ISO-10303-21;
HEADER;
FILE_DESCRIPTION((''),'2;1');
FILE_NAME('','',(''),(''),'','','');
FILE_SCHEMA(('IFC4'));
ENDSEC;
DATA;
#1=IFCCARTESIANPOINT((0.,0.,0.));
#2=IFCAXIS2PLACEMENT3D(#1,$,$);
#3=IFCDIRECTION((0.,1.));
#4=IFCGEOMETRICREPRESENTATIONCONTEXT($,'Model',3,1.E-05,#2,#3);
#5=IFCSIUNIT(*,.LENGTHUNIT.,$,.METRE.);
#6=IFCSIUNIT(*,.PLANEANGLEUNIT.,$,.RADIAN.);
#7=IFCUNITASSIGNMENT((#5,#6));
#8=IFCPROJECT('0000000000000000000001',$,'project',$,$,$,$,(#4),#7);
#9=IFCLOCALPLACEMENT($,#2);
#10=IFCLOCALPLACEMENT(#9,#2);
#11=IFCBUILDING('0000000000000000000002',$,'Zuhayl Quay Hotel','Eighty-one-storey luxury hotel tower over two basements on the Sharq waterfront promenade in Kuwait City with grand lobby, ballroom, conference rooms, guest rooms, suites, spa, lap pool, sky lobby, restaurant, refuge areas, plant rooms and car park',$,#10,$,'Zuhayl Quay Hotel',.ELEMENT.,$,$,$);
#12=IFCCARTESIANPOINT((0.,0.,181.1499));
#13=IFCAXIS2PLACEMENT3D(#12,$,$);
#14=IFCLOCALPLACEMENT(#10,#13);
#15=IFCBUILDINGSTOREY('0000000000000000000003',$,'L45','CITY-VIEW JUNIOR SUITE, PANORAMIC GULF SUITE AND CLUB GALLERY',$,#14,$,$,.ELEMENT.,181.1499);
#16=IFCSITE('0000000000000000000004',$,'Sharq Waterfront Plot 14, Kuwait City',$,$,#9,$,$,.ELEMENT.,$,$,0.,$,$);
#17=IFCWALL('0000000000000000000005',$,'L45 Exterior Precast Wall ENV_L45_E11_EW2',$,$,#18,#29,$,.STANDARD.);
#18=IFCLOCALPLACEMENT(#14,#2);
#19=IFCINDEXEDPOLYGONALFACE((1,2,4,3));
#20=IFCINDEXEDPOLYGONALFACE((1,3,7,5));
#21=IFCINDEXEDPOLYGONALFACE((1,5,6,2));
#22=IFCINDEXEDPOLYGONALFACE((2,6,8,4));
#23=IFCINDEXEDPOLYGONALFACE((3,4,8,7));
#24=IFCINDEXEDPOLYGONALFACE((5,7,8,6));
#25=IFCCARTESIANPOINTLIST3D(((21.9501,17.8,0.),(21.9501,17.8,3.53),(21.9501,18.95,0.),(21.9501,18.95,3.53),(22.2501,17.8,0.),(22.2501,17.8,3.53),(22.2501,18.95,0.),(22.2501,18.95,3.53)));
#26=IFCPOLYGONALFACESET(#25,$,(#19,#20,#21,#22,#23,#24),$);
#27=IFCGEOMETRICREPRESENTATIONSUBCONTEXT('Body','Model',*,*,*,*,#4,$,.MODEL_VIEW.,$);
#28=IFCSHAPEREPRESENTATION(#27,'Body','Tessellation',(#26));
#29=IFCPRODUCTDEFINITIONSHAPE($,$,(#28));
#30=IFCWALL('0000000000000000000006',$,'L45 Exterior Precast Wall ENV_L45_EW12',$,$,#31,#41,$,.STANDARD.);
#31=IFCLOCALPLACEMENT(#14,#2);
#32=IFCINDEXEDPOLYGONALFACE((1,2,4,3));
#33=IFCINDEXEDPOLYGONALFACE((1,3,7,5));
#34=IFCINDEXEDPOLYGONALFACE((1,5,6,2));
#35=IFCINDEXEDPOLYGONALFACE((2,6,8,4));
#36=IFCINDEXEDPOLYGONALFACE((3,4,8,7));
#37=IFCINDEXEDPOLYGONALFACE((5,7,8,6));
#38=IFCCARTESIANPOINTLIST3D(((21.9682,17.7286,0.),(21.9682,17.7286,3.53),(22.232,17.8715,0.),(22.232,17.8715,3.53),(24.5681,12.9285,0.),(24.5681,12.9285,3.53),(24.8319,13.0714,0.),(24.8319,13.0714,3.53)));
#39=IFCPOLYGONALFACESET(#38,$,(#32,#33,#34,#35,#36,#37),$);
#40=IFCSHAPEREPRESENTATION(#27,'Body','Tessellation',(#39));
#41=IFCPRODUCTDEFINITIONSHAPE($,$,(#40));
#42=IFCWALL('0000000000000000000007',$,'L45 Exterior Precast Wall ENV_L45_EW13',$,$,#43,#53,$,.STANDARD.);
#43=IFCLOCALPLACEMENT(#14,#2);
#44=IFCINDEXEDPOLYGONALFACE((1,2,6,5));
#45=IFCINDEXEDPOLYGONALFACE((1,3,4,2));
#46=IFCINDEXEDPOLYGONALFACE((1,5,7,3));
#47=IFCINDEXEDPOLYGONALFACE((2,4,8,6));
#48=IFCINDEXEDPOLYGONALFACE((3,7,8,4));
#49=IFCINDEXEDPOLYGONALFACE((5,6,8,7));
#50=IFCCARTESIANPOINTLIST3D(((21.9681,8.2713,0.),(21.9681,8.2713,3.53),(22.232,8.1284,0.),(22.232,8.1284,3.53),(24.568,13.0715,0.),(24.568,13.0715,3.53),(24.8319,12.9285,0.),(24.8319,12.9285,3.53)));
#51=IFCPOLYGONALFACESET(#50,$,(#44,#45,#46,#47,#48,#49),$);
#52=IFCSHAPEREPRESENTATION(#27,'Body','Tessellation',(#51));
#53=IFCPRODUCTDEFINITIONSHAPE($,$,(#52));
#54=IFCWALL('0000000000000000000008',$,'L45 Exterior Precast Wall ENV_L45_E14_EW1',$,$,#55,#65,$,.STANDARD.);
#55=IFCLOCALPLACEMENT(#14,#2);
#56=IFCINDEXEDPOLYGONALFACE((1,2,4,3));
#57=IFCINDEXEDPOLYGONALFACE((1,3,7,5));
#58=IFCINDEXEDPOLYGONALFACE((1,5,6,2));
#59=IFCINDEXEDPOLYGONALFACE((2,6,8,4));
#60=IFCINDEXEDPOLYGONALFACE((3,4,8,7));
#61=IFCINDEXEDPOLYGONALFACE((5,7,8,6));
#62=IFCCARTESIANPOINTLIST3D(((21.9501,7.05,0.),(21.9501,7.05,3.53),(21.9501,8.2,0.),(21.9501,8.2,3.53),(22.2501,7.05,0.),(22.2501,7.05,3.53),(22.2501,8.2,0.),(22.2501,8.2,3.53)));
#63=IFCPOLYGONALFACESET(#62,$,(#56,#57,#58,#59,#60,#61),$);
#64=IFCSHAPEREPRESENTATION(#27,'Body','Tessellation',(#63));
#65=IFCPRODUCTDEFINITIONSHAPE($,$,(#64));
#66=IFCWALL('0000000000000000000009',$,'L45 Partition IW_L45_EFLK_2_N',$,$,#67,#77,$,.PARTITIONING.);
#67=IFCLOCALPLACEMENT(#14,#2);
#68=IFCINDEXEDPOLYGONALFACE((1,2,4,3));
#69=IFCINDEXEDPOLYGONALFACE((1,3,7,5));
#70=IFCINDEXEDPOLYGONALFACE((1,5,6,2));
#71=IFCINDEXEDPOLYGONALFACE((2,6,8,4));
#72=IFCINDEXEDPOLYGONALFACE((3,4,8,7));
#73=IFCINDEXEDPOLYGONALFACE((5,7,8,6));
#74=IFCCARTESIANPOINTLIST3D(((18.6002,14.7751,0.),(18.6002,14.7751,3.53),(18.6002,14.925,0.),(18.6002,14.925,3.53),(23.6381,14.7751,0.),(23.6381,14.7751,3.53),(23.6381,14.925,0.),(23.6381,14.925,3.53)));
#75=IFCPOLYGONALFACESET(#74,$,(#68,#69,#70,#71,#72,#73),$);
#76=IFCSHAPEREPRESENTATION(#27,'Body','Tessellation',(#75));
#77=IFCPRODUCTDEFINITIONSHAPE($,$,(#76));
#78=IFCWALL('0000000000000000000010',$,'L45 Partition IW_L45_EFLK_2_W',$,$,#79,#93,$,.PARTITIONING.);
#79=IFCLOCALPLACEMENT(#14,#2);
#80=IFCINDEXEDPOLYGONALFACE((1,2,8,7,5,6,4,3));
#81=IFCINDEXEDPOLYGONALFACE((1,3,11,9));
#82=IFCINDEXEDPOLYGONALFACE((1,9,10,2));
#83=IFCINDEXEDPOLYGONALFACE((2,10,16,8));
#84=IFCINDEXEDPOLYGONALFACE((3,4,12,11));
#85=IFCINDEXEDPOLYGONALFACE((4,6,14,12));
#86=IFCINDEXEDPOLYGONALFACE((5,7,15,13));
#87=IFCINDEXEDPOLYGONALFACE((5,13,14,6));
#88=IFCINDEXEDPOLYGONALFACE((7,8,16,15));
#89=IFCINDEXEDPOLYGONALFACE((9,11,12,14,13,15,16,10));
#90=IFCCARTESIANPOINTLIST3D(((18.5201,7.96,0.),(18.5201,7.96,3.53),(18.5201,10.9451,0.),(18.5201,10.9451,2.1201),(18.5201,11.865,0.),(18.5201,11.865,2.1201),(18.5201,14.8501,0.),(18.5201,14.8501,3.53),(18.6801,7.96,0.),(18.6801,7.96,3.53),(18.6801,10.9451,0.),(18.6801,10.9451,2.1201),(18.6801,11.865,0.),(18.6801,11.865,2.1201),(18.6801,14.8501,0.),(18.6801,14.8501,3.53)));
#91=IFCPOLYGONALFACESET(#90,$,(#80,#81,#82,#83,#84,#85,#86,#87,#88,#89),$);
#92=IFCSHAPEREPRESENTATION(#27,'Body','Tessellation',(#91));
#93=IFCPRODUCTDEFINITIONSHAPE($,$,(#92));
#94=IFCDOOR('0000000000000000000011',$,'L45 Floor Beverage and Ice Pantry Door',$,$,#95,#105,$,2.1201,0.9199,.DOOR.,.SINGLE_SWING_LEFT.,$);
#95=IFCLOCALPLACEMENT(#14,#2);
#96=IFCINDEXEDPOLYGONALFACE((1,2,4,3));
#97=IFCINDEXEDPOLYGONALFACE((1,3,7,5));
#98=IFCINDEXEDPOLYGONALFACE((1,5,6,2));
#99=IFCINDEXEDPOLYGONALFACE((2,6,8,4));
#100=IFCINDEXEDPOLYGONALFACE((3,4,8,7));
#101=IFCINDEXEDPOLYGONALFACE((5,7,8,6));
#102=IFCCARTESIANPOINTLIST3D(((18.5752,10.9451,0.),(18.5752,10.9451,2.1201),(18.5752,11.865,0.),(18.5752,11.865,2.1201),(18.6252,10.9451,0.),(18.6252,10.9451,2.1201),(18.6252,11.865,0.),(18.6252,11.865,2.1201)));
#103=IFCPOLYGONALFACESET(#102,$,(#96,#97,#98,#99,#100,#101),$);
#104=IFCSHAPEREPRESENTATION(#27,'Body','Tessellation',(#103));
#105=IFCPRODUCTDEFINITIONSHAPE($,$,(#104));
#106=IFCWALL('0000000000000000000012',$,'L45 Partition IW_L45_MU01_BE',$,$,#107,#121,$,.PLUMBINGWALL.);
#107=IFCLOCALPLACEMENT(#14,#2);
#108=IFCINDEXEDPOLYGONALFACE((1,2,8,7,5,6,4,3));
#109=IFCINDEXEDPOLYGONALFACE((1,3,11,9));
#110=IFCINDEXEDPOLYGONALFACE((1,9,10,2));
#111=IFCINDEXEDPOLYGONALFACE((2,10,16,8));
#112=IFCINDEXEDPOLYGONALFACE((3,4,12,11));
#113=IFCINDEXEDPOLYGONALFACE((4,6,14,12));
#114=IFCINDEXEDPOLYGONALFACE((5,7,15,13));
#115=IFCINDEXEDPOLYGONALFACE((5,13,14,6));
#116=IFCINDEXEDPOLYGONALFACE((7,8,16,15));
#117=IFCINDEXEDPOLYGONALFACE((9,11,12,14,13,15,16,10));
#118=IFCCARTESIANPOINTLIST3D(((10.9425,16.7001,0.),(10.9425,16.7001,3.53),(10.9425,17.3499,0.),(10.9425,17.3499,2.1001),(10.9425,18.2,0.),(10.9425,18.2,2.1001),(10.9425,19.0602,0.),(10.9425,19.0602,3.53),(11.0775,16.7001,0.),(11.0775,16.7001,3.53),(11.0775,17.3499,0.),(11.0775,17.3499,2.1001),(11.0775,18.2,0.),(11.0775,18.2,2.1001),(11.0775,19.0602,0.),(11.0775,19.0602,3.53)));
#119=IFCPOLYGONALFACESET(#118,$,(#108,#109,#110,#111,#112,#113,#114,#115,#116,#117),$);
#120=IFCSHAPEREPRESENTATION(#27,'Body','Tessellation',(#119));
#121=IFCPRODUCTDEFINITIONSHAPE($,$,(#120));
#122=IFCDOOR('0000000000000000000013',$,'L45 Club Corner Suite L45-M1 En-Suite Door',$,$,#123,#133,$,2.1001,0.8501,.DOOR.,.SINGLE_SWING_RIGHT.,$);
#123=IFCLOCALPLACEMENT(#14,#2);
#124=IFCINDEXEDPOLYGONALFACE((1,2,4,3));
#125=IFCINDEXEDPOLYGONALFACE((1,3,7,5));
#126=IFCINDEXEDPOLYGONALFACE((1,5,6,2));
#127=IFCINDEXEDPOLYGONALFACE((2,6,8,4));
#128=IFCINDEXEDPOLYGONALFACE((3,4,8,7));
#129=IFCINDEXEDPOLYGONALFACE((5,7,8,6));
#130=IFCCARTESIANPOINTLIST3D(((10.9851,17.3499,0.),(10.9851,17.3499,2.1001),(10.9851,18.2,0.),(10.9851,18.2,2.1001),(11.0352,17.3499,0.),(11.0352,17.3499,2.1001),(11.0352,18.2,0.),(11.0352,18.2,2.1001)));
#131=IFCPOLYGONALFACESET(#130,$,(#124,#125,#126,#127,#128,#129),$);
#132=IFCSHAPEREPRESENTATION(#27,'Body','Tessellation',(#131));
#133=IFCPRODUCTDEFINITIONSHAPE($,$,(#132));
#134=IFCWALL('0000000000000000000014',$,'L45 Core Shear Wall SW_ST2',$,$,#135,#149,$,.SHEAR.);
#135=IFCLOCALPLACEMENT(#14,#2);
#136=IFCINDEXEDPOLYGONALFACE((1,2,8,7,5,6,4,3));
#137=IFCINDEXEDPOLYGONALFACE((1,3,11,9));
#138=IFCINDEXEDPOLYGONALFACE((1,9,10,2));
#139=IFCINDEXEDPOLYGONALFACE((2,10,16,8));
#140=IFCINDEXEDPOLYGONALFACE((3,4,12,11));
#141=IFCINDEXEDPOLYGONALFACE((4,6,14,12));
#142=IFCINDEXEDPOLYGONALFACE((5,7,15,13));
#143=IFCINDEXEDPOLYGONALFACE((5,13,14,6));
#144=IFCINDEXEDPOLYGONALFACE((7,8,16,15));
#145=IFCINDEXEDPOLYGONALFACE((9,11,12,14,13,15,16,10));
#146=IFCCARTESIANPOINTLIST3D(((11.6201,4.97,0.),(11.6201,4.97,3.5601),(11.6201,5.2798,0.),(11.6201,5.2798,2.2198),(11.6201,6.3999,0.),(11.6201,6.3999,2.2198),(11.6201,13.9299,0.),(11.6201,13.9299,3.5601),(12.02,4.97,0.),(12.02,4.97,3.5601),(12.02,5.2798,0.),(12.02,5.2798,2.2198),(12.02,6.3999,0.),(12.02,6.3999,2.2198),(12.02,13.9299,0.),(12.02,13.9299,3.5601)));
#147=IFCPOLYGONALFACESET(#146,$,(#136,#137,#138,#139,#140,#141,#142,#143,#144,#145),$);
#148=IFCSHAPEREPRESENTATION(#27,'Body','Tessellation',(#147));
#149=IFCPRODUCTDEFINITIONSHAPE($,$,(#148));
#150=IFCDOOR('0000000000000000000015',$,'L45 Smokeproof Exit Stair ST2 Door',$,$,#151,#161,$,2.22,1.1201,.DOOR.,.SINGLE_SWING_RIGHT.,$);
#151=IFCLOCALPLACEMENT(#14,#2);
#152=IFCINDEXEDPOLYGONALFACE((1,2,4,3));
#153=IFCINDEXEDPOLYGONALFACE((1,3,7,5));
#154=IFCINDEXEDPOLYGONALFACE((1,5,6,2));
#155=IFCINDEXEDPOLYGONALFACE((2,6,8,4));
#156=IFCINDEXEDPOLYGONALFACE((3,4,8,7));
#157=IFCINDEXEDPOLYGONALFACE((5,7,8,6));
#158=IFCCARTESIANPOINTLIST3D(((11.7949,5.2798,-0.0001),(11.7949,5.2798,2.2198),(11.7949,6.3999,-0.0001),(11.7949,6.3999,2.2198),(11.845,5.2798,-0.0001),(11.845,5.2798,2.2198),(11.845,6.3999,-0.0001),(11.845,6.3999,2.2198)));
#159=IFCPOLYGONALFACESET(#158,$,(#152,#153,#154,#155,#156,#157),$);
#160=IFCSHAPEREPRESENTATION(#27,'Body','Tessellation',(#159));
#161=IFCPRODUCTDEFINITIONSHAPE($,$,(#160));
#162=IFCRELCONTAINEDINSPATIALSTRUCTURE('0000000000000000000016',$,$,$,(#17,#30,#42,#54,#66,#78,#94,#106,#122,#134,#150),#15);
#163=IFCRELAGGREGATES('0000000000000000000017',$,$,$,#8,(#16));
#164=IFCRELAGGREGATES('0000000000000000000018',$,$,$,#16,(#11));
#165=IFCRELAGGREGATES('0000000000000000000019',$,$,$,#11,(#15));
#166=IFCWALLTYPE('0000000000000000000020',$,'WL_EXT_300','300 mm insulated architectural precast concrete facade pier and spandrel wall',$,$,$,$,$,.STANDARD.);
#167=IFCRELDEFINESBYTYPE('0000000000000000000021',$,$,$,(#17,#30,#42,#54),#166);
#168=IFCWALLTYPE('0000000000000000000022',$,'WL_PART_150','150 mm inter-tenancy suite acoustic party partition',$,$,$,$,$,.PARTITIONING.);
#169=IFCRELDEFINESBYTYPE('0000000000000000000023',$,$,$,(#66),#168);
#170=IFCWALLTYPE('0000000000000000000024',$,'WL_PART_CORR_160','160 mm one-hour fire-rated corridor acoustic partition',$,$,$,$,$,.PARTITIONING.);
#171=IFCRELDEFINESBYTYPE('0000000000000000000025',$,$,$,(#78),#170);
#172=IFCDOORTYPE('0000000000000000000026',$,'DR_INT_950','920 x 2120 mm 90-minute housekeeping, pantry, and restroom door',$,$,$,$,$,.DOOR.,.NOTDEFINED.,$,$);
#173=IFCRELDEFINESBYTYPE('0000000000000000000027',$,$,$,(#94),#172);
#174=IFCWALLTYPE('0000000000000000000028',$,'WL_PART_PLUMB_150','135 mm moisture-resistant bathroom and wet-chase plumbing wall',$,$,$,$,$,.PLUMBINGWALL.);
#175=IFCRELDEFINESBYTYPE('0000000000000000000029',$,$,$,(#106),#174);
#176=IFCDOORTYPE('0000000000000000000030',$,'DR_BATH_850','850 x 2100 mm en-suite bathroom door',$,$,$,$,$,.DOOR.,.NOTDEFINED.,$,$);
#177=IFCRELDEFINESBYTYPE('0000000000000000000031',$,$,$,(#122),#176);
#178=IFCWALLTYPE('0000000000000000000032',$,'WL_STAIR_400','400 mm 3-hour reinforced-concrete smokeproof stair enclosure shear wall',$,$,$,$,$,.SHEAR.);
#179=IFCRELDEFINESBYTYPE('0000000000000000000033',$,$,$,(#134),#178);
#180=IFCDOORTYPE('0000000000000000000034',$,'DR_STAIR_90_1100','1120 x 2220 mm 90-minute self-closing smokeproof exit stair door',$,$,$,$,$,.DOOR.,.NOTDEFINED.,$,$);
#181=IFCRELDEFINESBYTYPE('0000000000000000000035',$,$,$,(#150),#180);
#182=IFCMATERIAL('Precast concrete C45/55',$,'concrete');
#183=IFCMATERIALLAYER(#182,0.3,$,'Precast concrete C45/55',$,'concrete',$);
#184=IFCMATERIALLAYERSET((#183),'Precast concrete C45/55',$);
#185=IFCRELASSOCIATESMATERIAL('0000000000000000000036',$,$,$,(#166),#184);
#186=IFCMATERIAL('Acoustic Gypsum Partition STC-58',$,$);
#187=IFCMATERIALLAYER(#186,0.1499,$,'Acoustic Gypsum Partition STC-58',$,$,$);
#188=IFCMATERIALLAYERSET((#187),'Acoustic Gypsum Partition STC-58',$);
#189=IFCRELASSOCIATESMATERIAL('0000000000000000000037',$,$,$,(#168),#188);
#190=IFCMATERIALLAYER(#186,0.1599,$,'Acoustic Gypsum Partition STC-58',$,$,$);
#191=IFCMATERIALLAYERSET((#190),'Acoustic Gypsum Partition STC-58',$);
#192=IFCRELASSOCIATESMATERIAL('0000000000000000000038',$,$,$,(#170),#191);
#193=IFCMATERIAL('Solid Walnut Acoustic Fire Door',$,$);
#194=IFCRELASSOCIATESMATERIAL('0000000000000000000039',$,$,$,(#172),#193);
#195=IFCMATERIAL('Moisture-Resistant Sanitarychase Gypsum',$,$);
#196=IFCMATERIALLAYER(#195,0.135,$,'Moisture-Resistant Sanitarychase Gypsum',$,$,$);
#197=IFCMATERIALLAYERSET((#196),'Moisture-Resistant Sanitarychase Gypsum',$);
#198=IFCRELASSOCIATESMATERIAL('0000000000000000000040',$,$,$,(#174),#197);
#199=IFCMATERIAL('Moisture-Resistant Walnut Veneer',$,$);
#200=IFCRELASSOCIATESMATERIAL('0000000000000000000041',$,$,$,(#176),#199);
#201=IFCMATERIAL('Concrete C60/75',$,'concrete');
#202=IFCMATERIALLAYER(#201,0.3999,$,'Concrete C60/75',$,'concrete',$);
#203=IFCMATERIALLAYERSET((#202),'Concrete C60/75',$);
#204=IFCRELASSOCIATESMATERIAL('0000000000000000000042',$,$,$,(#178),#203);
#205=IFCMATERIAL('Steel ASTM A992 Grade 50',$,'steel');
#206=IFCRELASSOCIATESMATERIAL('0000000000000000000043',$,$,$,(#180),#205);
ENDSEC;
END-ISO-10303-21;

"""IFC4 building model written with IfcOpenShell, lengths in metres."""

from ifc_helpers import new_model, si_unit, direction, frame, frame_2d, origin, place, context, subcontext, project, spatial, rectangle, extrude, material, layer, layer_set, type_object, element, fill, save


model = new_model("IFC4")

# Units and contexts
model_context = context("Model", 3, precision=1e-05, world=origin(), true_north=direction((0.0, 1.0)))
body_context = subcontext(model_context, "Body", "Model", "MODEL_VIEW")
ifc_project = project(units=[si_unit("LENGTHUNIT", "METRE"), si_unit("PLANEANGLEUNIT", "RADIAN")], contexts=[model_context])

# Site, building, storey
site_placement = place(None, origin())
site = spatial("IfcSite", under=ifc_project, at=site_placement, Name="Sharq Waterfront Plot 14, Kuwait City", CompositionType="ELEMENT", RefElevation=0.0)
building_placement = place(site_placement, origin())
building = spatial("IfcBuilding", under=site, at=building_placement, Name="Zuhayl Quay Hotel", Description="Eighty-one-storey luxury hotel tower over two basements on the Sharq waterfront promenade in Kuwait City with grand lobby, ballroom, conference rooms, guest rooms, suites, spa, lap pool, sky lobby, restaurant, refuge areas, plant rooms and car park", LongName="Zuhayl Quay Hotel", CompositionType="ELEMENT")
storey_placement = place(building_placement, frame((0.0, 0.0, 181.1499)))
storey = spatial("IfcBuildingStorey", under=building, at=storey_placement, Name="L45", Description="CITY-VIEW JUNIOR SUITE, PANORAMIC GULF SUITE AND CLUB GALLERY", CompositionType="ELEMENT", Elevation=181.1499)

# Shared definitions
ifc_material_1 = material(Name="Concrete C60/75", Category="concrete")

# Shared definitions
ifc_material_2 = material(Name="Steel ASTM A992 Grade 50", Category="steel")

# Walls
ifc_material_3 = material(Name="Precast concrete C45/55", Category="concrete")
ifc_layer_1 = layer(ifc_material_3, 0.3, Name="Precast concrete C45/55", Category="concrete")
ifc_layer_set_1 = layer_set([ifc_layer_1], Name="Precast concrete C45/55")
wall_type_1 = type_object("IfcWallType", Name="WL_EXT_300", Description="300 mm insulated architectural precast concrete facade pier and spandrel wall", PredefinedType="STANDARD", material=ifc_layer_set_1)
wall_1_placement = place(storey_placement, frame((22.1001, 18.95, 0.0), z_axis=(0.0, 0.0, 1.0), x_axis=(0.0, -1.0, 0.0)))
element("IfcWall", 1, at=wall_1_placement, inside=storey, type_object=wall_type_1, Name="L45 Exterior Precast Wall ENV_L45_E11_EW2", PredefinedType="STANDARD", context=body_context, shape_type="SweptSolid", body=[
    extrude(rectangle(XDim=1.1499, YDim=0.3, at=frame_2d((0.575, 0.0))), origin(), (0.0, 0.0, 1.0), 3.53),
])
for number, where, z_axis, x_axis, name in (
    (2, (22.1001, 17.8, 0.0), (0.0, 0.0, 1.0), (0.476259, -0.879305, 0.0), "L45 Exterior Precast Wall ENV_L45_EW12"),
    (3, (24.7, 13.0, 0.0), (0.0, 0.0, 1.0), (-0.476259, -0.879305, 0.0), "L45 Exterior Precast Wall ENV_L45_EW13"),
):
    element("IfcWall", number, at=place(storey_placement, frame(where, z_axis=z_axis, x_axis=x_axis)), inside=storey, type_object=wall_type_1, Name=name, PredefinedType="STANDARD", context=body_context, shape_type="SweptSolid", body=[
        extrude(rectangle(XDim=5.459, YDim=0.3, at=frame_2d((2.7295, 0.0))), origin(), (0.0, 0.0, 1.0), 3.53),
    ])
wall_2_placement = place(storey_placement, frame((22.1001, 8.2, 0.0), z_axis=(0.0, 0.0, 1.0), x_axis=(0.0, -1.0, 0.0)))
element("IfcWall", 4, at=wall_2_placement, inside=storey, type_object=wall_type_1, Name="L45 Exterior Precast Wall ENV_L45_E14_EW1", PredefinedType="STANDARD", context=body_context, shape_type="SweptSolid", body=[
    extrude(rectangle(XDim=1.1499, YDim=0.3, at=frame_2d((0.575, 0.0))), origin(), (0.0, 0.0, 1.0), 3.53),
])
ifc_material_4 = material(Name="Acoustic Gypsum Partition STC-58")
ifc_layer_2 = layer(ifc_material_4, 0.1499, Name="Acoustic Gypsum Partition STC-58")
ifc_layer_set_2 = layer_set([ifc_layer_2], Name="Acoustic Gypsum Partition STC-58")
wall_type_2 = type_object("IfcWallType", Name="WL_PART_150", Description="150 mm inter-tenancy suite acoustic party partition", PredefinedType="PARTITIONING", material=ifc_layer_set_2)
wall_3_placement = place(storey_placement, frame((18.6001, 14.8501, 0.0), z_axis=(0.0, 0.0, 1.0), x_axis=(1.0, 0.0, 0.0)))
element("IfcWall", 5, at=wall_3_placement, inside=storey, type_object=wall_type_2, Name="L45 Partition IW_L45_EFLK_2_N", PredefinedType="PARTITIONING", context=body_context, shape_type="SweptSolid", body=[
    extrude(rectangle(XDim=5.0378, YDim=0.1499, at=frame_2d((2.519, 0.0))), origin(), (0.0, 0.0, 1.0), 3.53),
])

# Walls, openings, doors
ifc_layer_3 = layer(ifc_material_4, 0.1599, Name="Acoustic Gypsum Partition STC-58")
ifc_layer_set_3 = layer_set([ifc_layer_3], Name="Acoustic Gypsum Partition STC-58")
wall_type_3 = type_object("IfcWallType", Name="WL_PART_CORR_160", Description="160 mm one-hour fire-rated corridor acoustic partition", PredefinedType="PARTITIONING", material=ifc_layer_set_3)
wall_4_placement = place(storey_placement, frame((18.6001, 7.96, 0.0), z_axis=(0.0, 0.0, 1.0), x_axis=(0.0, 1.0, 0.0)))
wall_4 = element("IfcWall", 6, at=wall_4_placement, inside=storey, type_object=wall_type_3, Name="L45 Partition IW_L45_EFLK_2_W", PredefinedType="PARTITIONING", context=body_context, shape_type="SweptSolid", body=[
    extrude(rectangle(XDim=6.8901, YDim=0.1599, at=frame_2d((3.4451, 0.0))), origin(), (0.0, 0.0, 1.0), 3.53),
])
opening_1_placement = place(wall_4_placement, frame((2.9851, 0.0, 0.0)))
opening_1 = element("IfcOpeningElement", 7, at=opening_1_placement, cuts=wall_4, PredefinedType="OPENING", context=body_context, shape_type="SweptSolid", body=[
    extrude(rectangle(XDim=0.9199, YDim=2.1201, at=frame_2d((0.46, 1.0601))), frame((0.0, 0.0898, 0.0), z_axis=(0.0, -1.0, 0.0), x_axis=(1.0, 0.0, 0.0)), (0.0, 0.0, 1.0), 0.1799),
])
ifc_material_5 = material(Name="Solid Walnut Acoustic Fire Door")
door_type_1 = type_object("IfcDoorType", Name="DR_INT_950", Description="920 x 2120 mm 90-minute housekeeping, pantry, and restroom door", OperationType="NOTDEFINED", PredefinedType="DOOR", material=ifc_material_5)
door_1_placement = place(opening_1_placement, origin())
door_1 = element("IfcDoor", 8, at=door_1_placement, inside=storey, type_object=door_type_1, Name="L45 Floor Beverage and Ice Pantry Door", OperationType="SINGLE_SWING_LEFT", OverallHeight=2.1201, OverallWidth=0.9199, PredefinedType="DOOR", context=body_context, shape_type="SweptSolid", body=[
    extrude(rectangle(XDim=0.9199, YDim=2.1201, at=frame_2d((0.46, 1.0601))), frame((0.0, 0.0249, 0.0), z_axis=(0.0, -1.0, 0.0), x_axis=(1.0, 0.0, 0.0)), (0.0, 0.0, 1.0), 0.05),
])
fill(opening_1, door_1)
ifc_material_6 = material(Name="Moisture-Resistant Sanitarychase Gypsum")
ifc_layer_4 = layer(ifc_material_6, 0.135, Name="Moisture-Resistant Sanitarychase Gypsum")
ifc_layer_set_4 = layer_set([ifc_layer_4], Name="Moisture-Resistant Sanitarychase Gypsum")
wall_type_4 = type_object("IfcWallType", Name="WL_PART_PLUMB_150", Description="135 mm moisture-resistant bathroom and wet-chase plumbing wall", PredefinedType="PLUMBINGWALL", material=ifc_layer_set_4)
wall_5_placement = place(storey_placement, frame((11.01, 16.7, 0.0), z_axis=(0.0, 0.0, 1.0), x_axis=(0.0, 1.0, 0.0)))
wall_5 = element("IfcWall", 9, at=wall_5_placement, inside=storey, type_object=wall_type_4, Name="L45 Partition IW_L45_MU01_BE", PredefinedType="PLUMBINGWALL", context=body_context, shape_type="SweptSolid", body=[
    extrude(rectangle(XDim=2.3601, YDim=0.135, at=frame_2d((1.1802, 0.0))), origin(), (0.0, 0.0, 1.0), 3.53),
])
opening_2_placement = place(wall_5_placement, frame((0.6499, 0.0, 0.0)))
opening_2 = element("IfcOpeningElement", 10, at=opening_2_placement, cuts=wall_5, PredefinedType="OPENING", context=body_context, shape_type="SweptSolid", body=[
    extrude(rectangle(XDim=0.8501, YDim=2.1001, at=frame_2d((0.425, 1.05))), frame((0.0, 0.0774, 0.0), z_axis=(0.0, -1.0, 0.0), x_axis=(1.0, 0.0, 0.0)), (0.0, 0.0, 1.0), 0.155),
])
ifc_material_7 = material(Name="Moisture-Resistant Walnut Veneer")
door_type_2 = type_object("IfcDoorType", Name="DR_BATH_850", Description="850 x 2100 mm en-suite bathroom door", OperationType="NOTDEFINED", PredefinedType="DOOR", material=ifc_material_7)
door_2_placement = place(opening_2_placement, origin())
door_2 = element("IfcDoor", 11, at=door_2_placement, inside=storey, type_object=door_type_2, Name="L45 Club Corner Suite L45-M1 En-Suite Door", OperationType="SINGLE_SWING_RIGHT", OverallHeight=2.1001, OverallWidth=0.8501, PredefinedType="DOOR", context=body_context, shape_type="SweptSolid", body=[
    extrude(rectangle(XDim=0.8501, YDim=2.1001, at=frame_2d((0.425, 1.05))), frame((0.0, 0.0249, 0.0), z_axis=(0.0, -1.0, 0.0), x_axis=(1.0, 0.0, 0.0)), (0.0, 0.0, 1.0), 0.05),
])
fill(opening_2, door_2)
ifc_layer_5 = layer(ifc_material_1, 0.3999, Name="Concrete C60/75", Category="concrete")
ifc_layer_set_5 = layer_set([ifc_layer_5], Name="Concrete C60/75")
wall_type_5 = type_object("IfcWallType", Name="WL_STAIR_400", Description="400 mm 3-hour reinforced-concrete smokeproof stair enclosure shear wall", PredefinedType="SHEAR", material=ifc_layer_set_5)
wall_6_placement = place(storey_placement, frame((11.8201, 13.9299, 0.0), z_axis=(0.0, 0.0, 1.0), x_axis=(0.0, -1.0, 0.0)))
wall_6 = element("IfcWall", 12, at=wall_6_placement, inside=storey, type_object=wall_type_5, Name="L45 Core Shear Wall SW_ST2", PredefinedType="SHEAR", context=body_context, shape_type="SweptSolid", body=[
    extrude(rectangle(XDim=8.96, YDim=0.3999, at=frame_2d((4.48, 0.0))), origin(), (0.0, 0.0, 1.0), 3.5601),
])
opening_3_placement = place(wall_6_placement, frame((7.53, 0.0, 0.0)))
opening_3 = element("IfcOpeningElement", 13, at=opening_3_placement, cuts=wall_6, PredefinedType="OPENING", context=body_context, shape_type="SweptSolid", body=[
    extrude(rectangle(XDim=1.1201, YDim=2.22, at=frame_2d((0.5601, 1.1099))), frame((0.0, 0.21, 0.0), z_axis=(0.0, -1.0, 0.0), x_axis=(1.0, 0.0, 0.0)), (0.0, 0.0, 1.0), 0.4199),
])
door_type_3 = type_object("IfcDoorType", Name="DR_STAIR_90_1100", Description="1120 x 2220 mm 90-minute self-closing smokeproof exit stair door", OperationType="NOTDEFINED", PredefinedType="DOOR", material=ifc_material_2)
door_3_placement = place(opening_3_placement, origin())
door_3 = element("IfcDoor", 14, at=door_3_placement, inside=storey, type_object=door_type_3, Name="L45 Smokeproof Exit Stair ST2 Door", OperationType="SINGLE_SWING_RIGHT", OverallHeight=2.22, OverallWidth=1.1201, PredefinedType="DOOR", context=body_context, shape_type="SweptSolid", body=[
    extrude(rectangle(XDim=1.1201, YDim=2.22, at=frame_2d((0.5601, 1.1099))), frame((0.0, 0.0249, 0.0), z_axis=(0.0, -1.0, 0.0), x_axis=(1.0, 0.0, 0.0)), (0.0, 0.0, 1.0), 0.05),
])
fill(opening_3, door_3)

save(model, "model.ifc")
